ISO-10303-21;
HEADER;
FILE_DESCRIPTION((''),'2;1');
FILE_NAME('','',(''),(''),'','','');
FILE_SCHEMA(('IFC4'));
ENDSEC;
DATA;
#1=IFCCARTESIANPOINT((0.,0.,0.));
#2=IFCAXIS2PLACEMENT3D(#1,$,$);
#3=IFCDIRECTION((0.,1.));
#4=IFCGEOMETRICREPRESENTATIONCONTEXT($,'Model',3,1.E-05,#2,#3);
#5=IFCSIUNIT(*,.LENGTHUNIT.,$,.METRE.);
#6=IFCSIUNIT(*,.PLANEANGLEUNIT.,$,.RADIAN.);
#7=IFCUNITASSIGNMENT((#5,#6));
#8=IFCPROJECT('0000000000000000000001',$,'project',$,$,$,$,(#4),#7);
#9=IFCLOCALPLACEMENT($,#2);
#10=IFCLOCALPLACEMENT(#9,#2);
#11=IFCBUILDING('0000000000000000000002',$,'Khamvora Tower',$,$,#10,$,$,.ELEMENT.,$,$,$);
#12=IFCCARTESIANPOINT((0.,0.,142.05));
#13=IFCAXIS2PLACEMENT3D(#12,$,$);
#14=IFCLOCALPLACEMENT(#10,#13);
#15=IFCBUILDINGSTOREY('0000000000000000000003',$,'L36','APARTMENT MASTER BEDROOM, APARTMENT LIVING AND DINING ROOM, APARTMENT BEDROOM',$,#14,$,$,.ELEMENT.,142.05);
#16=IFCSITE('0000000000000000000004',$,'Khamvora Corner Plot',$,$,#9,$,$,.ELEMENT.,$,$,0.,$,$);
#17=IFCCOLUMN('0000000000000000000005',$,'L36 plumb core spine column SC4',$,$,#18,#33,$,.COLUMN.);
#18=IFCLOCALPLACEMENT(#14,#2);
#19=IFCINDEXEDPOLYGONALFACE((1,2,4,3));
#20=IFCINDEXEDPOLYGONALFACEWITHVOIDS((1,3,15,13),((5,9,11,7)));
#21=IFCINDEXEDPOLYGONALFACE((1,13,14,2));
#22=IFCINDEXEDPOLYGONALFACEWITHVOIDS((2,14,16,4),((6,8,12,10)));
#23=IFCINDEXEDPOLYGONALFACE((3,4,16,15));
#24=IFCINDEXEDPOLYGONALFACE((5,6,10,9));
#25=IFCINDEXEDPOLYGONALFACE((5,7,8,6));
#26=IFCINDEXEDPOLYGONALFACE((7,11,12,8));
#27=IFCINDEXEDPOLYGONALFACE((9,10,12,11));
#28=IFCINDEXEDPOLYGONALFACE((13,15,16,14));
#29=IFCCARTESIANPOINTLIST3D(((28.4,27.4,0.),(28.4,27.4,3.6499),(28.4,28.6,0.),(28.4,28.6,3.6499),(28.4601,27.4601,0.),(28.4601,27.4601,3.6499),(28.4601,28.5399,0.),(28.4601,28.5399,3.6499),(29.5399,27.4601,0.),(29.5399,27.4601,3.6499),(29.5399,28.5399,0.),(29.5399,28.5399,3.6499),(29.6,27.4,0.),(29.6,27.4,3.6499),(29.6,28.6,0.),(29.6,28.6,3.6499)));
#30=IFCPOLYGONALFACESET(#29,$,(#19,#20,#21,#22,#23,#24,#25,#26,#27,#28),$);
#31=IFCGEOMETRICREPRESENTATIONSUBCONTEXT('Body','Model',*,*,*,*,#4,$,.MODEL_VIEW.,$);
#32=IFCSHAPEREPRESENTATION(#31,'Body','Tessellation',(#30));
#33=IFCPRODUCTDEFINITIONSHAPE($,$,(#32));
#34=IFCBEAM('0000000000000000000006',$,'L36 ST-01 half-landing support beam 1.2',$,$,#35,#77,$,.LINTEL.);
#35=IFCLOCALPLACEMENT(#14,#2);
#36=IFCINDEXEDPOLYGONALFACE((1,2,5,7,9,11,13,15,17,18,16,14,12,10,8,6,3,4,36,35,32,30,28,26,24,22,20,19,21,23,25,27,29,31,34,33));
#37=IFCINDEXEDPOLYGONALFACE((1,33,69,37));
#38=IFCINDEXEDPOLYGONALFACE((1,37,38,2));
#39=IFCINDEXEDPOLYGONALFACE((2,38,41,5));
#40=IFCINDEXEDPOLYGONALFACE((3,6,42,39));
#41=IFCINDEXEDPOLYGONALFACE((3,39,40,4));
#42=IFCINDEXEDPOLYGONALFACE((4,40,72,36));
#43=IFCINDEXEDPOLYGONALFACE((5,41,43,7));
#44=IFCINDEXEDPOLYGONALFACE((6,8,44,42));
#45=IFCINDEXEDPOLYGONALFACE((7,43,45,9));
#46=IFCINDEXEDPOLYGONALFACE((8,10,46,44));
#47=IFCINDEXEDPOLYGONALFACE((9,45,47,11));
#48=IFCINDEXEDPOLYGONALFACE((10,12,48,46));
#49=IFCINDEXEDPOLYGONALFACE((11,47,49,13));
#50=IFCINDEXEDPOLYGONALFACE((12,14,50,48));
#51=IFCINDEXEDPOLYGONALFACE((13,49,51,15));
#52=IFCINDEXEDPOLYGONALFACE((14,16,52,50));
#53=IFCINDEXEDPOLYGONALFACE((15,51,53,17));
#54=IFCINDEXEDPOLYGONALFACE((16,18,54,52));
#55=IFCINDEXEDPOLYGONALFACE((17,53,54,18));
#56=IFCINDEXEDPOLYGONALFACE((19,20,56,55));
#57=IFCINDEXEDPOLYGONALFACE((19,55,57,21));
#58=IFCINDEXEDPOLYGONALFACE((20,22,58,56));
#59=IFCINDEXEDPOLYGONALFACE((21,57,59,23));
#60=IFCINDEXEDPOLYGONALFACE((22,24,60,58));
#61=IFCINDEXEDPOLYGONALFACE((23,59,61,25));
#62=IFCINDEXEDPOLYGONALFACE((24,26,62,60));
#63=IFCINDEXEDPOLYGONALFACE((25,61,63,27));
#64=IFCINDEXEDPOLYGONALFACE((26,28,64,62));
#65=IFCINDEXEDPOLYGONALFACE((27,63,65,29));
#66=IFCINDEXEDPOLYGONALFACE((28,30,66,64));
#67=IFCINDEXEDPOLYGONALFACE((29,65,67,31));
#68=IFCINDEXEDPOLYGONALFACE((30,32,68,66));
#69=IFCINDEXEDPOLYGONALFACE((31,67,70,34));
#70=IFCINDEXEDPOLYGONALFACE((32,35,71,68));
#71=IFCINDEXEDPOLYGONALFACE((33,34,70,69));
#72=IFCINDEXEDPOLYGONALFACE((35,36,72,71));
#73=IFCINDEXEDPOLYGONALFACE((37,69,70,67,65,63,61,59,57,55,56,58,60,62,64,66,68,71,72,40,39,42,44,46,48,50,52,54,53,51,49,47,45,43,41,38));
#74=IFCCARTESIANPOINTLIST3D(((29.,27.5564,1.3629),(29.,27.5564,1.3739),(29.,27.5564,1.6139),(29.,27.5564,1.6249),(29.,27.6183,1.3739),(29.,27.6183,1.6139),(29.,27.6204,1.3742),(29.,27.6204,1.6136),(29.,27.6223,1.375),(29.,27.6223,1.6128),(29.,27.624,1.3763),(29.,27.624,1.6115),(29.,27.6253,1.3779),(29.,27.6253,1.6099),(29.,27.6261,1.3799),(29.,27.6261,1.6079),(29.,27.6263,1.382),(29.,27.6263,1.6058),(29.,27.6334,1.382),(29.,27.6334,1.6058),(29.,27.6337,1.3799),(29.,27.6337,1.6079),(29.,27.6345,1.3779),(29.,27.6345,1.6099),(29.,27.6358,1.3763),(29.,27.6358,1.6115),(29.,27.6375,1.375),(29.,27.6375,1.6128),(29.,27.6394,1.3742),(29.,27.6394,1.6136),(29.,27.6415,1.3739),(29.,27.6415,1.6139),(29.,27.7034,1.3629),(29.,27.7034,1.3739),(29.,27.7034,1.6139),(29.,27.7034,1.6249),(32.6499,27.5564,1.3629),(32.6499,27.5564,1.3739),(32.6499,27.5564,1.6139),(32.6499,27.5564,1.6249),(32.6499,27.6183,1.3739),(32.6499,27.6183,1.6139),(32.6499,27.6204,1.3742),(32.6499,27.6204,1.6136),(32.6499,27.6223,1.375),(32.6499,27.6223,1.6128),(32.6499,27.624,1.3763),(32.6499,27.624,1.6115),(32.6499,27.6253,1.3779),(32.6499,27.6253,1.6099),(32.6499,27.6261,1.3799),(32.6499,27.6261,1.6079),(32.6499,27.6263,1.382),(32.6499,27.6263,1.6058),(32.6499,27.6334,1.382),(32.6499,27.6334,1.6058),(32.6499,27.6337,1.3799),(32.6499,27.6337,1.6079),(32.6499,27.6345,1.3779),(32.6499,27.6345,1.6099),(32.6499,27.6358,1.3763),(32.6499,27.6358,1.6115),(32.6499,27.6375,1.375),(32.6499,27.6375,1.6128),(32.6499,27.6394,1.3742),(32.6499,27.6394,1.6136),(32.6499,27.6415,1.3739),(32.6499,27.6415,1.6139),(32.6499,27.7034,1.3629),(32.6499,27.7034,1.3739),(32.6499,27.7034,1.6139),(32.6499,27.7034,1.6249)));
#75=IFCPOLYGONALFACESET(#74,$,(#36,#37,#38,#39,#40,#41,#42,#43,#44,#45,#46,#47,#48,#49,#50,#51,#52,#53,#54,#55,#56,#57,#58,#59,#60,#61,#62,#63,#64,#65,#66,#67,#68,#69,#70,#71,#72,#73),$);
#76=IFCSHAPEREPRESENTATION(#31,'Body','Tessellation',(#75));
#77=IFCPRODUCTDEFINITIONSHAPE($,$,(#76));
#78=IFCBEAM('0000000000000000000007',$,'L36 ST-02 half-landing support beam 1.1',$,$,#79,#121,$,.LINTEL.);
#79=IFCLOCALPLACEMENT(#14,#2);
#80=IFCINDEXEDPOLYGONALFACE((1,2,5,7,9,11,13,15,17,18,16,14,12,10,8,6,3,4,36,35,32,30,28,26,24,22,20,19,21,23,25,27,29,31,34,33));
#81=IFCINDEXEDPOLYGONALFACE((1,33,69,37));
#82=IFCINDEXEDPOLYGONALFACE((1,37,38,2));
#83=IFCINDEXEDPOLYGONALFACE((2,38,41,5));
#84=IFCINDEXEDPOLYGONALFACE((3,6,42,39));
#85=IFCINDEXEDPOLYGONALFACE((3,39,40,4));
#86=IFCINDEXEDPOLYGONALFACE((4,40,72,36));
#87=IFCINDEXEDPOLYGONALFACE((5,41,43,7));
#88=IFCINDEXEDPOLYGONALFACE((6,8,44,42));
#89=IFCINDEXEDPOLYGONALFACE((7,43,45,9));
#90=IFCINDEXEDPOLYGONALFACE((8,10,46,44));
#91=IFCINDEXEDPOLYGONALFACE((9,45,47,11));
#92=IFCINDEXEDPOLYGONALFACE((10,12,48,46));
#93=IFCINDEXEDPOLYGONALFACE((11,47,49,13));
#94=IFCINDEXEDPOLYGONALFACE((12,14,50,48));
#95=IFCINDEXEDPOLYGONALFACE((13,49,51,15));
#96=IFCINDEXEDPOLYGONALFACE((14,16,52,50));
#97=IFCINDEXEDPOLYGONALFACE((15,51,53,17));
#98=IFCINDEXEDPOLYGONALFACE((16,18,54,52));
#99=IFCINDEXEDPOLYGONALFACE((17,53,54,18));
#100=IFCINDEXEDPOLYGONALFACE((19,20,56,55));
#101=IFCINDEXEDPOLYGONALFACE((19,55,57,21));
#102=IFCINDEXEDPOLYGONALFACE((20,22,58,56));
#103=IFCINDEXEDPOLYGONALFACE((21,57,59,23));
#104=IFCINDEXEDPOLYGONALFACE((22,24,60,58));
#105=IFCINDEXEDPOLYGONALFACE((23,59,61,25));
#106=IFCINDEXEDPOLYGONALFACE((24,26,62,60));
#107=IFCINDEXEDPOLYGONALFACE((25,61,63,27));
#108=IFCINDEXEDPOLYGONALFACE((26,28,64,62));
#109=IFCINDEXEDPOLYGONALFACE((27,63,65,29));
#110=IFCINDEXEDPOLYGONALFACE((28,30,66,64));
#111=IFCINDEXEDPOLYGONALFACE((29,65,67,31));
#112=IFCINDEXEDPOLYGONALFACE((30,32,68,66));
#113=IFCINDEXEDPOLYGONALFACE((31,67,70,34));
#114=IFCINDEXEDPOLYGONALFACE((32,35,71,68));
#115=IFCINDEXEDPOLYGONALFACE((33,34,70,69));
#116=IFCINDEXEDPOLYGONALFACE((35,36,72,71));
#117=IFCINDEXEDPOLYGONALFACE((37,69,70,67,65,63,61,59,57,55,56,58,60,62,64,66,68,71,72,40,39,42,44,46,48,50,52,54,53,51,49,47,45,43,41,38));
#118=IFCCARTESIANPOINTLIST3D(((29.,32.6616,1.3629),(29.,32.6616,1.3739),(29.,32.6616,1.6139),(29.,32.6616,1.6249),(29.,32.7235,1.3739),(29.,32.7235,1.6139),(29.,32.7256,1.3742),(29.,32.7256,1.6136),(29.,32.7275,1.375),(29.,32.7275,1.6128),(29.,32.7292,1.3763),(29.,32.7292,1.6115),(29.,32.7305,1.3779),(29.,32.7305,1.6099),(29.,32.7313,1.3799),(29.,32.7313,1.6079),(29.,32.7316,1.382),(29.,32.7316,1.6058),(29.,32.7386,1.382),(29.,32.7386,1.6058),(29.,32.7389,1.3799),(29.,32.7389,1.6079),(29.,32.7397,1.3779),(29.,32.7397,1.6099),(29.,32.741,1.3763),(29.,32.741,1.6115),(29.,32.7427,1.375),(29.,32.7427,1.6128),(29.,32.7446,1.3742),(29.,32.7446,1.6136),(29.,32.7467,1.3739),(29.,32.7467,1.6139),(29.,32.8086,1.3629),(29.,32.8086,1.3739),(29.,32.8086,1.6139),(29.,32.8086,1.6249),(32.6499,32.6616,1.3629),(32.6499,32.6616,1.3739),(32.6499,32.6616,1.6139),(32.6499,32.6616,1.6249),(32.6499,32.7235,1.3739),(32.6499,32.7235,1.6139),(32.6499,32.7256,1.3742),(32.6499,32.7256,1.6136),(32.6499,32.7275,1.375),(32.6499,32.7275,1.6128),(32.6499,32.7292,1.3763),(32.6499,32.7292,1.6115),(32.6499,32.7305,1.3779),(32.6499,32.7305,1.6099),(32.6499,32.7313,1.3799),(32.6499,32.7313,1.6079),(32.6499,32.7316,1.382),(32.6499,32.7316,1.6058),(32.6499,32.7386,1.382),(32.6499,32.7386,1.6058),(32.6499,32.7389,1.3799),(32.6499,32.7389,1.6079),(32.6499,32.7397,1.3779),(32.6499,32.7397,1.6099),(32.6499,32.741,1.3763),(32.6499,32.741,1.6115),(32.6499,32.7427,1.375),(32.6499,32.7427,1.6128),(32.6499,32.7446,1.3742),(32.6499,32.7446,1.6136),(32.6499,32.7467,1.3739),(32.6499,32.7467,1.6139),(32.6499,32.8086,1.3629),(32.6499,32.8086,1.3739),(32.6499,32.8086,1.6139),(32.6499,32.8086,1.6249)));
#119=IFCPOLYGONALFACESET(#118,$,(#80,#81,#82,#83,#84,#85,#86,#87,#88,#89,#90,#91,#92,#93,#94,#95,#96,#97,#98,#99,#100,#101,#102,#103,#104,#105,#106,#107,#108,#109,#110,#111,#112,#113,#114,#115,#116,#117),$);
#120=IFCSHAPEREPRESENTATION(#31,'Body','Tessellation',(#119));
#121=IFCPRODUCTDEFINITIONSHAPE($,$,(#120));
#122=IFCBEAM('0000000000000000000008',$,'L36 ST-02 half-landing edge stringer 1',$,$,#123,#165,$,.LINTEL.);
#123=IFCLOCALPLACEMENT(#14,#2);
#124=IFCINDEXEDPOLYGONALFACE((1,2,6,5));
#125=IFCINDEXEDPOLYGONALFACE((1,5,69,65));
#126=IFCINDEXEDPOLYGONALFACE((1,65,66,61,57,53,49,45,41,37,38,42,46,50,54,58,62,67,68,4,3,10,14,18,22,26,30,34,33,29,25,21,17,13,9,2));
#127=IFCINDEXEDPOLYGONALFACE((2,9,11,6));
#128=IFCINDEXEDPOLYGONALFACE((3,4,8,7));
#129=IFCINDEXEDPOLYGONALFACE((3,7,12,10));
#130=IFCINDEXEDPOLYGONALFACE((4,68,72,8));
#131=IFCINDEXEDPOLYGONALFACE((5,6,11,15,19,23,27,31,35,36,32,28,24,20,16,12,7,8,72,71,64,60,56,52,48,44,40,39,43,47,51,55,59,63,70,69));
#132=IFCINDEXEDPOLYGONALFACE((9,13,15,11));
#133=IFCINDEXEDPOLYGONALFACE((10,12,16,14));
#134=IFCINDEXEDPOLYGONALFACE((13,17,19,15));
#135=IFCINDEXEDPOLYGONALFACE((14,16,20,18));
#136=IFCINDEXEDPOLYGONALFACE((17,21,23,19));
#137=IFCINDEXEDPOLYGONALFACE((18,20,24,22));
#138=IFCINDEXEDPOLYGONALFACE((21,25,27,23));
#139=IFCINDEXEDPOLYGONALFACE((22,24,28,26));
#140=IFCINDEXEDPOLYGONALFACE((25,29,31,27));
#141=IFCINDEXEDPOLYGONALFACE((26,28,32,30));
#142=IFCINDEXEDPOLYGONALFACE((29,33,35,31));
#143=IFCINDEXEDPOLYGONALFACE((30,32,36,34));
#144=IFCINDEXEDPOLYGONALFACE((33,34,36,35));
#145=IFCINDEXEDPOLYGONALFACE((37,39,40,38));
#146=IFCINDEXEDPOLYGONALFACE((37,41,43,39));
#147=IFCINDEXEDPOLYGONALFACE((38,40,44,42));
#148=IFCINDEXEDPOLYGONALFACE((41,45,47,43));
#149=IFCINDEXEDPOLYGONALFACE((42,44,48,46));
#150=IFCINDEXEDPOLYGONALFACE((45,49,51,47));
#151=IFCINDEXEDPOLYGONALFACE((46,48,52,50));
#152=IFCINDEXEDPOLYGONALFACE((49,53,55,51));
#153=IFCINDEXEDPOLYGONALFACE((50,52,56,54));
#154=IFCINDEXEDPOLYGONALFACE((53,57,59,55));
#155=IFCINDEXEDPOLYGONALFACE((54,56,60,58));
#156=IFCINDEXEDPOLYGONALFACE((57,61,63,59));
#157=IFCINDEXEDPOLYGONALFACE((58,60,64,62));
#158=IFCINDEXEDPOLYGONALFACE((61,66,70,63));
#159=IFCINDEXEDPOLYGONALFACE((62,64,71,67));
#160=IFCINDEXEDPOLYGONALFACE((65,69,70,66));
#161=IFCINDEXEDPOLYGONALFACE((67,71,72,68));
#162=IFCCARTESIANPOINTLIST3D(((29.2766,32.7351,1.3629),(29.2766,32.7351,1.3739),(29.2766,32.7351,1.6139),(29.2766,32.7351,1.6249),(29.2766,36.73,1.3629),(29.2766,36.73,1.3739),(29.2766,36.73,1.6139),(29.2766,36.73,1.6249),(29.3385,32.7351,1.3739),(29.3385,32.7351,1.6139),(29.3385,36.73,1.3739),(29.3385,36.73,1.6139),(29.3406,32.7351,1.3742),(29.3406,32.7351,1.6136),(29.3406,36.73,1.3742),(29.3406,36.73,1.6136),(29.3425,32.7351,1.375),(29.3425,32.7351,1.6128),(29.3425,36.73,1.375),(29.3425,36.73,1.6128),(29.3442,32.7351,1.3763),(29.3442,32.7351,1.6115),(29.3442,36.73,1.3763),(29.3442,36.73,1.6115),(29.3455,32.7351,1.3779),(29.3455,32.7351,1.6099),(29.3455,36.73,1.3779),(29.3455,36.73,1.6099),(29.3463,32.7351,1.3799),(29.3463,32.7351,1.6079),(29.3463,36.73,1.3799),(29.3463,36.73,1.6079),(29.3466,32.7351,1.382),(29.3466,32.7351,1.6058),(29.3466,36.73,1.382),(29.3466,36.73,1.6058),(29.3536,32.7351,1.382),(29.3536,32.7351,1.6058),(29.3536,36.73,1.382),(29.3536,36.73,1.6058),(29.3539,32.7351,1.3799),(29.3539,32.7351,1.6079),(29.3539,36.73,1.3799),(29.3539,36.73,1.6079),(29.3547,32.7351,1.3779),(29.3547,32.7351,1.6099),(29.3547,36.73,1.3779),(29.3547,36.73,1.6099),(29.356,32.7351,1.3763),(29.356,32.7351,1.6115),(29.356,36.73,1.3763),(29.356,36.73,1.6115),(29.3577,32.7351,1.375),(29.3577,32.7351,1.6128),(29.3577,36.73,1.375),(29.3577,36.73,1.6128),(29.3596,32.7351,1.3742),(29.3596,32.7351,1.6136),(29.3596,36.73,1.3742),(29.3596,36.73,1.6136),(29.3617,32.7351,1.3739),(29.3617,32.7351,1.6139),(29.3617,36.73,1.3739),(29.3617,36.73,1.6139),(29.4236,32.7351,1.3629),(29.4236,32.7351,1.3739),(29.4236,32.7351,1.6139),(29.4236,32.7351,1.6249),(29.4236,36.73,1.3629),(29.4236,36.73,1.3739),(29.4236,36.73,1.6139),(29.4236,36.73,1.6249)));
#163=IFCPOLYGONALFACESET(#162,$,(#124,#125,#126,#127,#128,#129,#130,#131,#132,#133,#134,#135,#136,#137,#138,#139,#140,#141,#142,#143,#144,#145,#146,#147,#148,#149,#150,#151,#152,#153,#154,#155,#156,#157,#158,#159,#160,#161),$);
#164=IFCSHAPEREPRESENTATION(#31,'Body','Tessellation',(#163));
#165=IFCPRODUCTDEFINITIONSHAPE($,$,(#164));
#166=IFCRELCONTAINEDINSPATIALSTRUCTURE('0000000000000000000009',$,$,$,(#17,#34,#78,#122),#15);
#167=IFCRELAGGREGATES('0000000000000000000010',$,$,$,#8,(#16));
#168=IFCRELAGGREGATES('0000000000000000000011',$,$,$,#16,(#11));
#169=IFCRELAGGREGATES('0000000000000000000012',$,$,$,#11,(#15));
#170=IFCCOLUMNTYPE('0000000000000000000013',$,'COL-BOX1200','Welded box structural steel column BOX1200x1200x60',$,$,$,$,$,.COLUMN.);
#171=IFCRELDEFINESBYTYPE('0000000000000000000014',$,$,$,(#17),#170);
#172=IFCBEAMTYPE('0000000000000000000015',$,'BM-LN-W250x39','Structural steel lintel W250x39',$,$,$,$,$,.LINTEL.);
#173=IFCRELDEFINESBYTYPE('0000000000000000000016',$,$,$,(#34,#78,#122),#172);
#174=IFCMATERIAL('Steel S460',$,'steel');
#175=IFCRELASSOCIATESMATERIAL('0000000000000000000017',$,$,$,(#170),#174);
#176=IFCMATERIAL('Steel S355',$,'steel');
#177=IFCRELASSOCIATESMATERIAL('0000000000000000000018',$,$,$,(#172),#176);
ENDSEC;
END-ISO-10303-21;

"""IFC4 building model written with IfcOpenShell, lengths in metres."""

from ifc_helpers import new_model, si_unit, direction, frame, origin, origin_2d, place, context, subcontext, project, spatial, hollow_rectangle, i_section, extrude, material, material_profile, profile_set, type_object, element, save


model = new_model("IFC4")

# Units and contexts
model_context = context("Model", 3, precision=1e-05, world=origin(), true_north=direction((0.0, 1.0)))
body_context = subcontext(model_context, "Body", "Model", "MODEL_VIEW")
ifc_project = project(units=[si_unit("LENGTHUNIT", "METRE"), si_unit("PLANEANGLEUNIT", "RADIAN")], contexts=[model_context])

# Site, building, storey
site_placement = place(None, origin())
site = spatial("IfcSite", under=ifc_project, at=site_placement, Name="Khamvora Corner Plot", CompositionType="ELEMENT", RefElevation=0.0)
building_placement = place(site_placement, origin())
building = spatial("IfcBuilding", under=site, at=building_placement, Name="Khamvora Tower", CompositionType="ELEMENT")
storey_placement = place(building_placement, frame((0.0, 0.0, 142.05)))
storey = spatial("IfcBuildingStorey", under=building, at=storey_placement, Name="L36", Description="APARTMENT MASTER BEDROOM, APARTMENT LIVING AND DINING ROOM, APARTMENT BEDROOM", CompositionType="ELEMENT", Elevation=142.05)

# Column
ifc_material_1 = material(Name="Steel S460", Category="steel")
ifc_material_profile_1 = material_profile(ifc_material_1, hollow_rectangle(XDim=1.2, YDim=1.2, WallThickness=0.0601, at=origin_2d()), Name="BOX1200x1200x60")
ifc_profile_set_1 = profile_set([ifc_material_profile_1], Name="Steel S460")
column_type = type_object("IfcColumnType", Name="COL-BOX1200", Description="Welded box structural steel column BOX1200x1200x60", PredefinedType="COLUMN", material=ifc_profile_set_1)
column_placement = place(storey_placement, frame((29.0, 28.0, 0.0), z_axis=(0.0, 0.0, 1.0), x_axis=(1.0, 0.0, 0.0)))
element("IfcColumn", 1, at=column_placement, inside=storey, type_object=column_type, Name="L36 plumb core spine column SC4", PredefinedType="COLUMN", context=body_context, shape_type="SweptSolid", body=[
    extrude(hollow_rectangle(XDim=1.2, YDim=1.2, WallThickness=0.0601, at=origin_2d()), origin(), (0.0, 0.0, 1.0), 3.6499),
])

# Beams
ifc_material_2 = material(Name="Steel S355", Category="steel")
ifc_material_profile_2 = material_profile(ifc_material_2, i_section(OverallWidth=0.147, OverallDepth=0.262, WebThickness=0.0071, FlangeThickness=0.011, FilletRadius=0.0081, at=origin_2d()), Name="W250x39")
ifc_profile_set_2 = profile_set([ifc_material_profile_2], Name="Steel S355")
beam_type_1 = type_object("IfcBeamType", Name="BM-LN-W250x39", Description="Structural steel lintel W250x39", PredefinedType="LINTEL", material=ifc_profile_set_2)
for number, where, z_axis, x_axis, name in (
    (2, (29.0, 27.6299, 1.4939), (1.0, 0.0, 0.0), (0.0, 1.0, 0.0), "L36 ST-01 half-landing support beam 1.2"),
    (3, (29.0, 32.7351, 1.4939), (1.0, 0.0, 0.0), (0.0, 1.0, 0.0), "L36 ST-02 half-landing support beam 1.1"),
):
    element("IfcBeam", number, at=place(storey_placement, frame(where, z_axis=z_axis, x_axis=x_axis)), inside=storey, type_object=beam_type_1, Name=name, PredefinedType="LINTEL", context=body_context, shape_type="SweptSolid", body=[
        extrude(i_section(OverallWidth=0.147, OverallDepth=0.262, WebThickness=0.0071, FlangeThickness=0.011, FilletRadius=0.0081, at=origin_2d()), origin(), (0.0, 0.0, 1.0), 3.6499),
    ])
beam_1_placement = place(storey_placement, frame((29.3501, 32.7351, 1.4939), z_axis=(0.0, 1.0, 0.0), x_axis=(-1.0, 0.0, 0.0)))
element("IfcBeam", 4, at=beam_1_placement, inside=storey, type_object=beam_type_1, Name="L36 ST-02 half-landing edge stringer 1", PredefinedType="LINTEL", context=body_context, shape_type="SweptSolid", body=[
    extrude(i_section(OverallWidth=0.147, OverallDepth=0.262, WebThickness=0.0071, FlangeThickness=0.011, FilletRadius=0.0081, at=origin_2d()), origin(), (0.0, 0.0, 1.0), 3.9949),
])

save(model, "model.ifc")
